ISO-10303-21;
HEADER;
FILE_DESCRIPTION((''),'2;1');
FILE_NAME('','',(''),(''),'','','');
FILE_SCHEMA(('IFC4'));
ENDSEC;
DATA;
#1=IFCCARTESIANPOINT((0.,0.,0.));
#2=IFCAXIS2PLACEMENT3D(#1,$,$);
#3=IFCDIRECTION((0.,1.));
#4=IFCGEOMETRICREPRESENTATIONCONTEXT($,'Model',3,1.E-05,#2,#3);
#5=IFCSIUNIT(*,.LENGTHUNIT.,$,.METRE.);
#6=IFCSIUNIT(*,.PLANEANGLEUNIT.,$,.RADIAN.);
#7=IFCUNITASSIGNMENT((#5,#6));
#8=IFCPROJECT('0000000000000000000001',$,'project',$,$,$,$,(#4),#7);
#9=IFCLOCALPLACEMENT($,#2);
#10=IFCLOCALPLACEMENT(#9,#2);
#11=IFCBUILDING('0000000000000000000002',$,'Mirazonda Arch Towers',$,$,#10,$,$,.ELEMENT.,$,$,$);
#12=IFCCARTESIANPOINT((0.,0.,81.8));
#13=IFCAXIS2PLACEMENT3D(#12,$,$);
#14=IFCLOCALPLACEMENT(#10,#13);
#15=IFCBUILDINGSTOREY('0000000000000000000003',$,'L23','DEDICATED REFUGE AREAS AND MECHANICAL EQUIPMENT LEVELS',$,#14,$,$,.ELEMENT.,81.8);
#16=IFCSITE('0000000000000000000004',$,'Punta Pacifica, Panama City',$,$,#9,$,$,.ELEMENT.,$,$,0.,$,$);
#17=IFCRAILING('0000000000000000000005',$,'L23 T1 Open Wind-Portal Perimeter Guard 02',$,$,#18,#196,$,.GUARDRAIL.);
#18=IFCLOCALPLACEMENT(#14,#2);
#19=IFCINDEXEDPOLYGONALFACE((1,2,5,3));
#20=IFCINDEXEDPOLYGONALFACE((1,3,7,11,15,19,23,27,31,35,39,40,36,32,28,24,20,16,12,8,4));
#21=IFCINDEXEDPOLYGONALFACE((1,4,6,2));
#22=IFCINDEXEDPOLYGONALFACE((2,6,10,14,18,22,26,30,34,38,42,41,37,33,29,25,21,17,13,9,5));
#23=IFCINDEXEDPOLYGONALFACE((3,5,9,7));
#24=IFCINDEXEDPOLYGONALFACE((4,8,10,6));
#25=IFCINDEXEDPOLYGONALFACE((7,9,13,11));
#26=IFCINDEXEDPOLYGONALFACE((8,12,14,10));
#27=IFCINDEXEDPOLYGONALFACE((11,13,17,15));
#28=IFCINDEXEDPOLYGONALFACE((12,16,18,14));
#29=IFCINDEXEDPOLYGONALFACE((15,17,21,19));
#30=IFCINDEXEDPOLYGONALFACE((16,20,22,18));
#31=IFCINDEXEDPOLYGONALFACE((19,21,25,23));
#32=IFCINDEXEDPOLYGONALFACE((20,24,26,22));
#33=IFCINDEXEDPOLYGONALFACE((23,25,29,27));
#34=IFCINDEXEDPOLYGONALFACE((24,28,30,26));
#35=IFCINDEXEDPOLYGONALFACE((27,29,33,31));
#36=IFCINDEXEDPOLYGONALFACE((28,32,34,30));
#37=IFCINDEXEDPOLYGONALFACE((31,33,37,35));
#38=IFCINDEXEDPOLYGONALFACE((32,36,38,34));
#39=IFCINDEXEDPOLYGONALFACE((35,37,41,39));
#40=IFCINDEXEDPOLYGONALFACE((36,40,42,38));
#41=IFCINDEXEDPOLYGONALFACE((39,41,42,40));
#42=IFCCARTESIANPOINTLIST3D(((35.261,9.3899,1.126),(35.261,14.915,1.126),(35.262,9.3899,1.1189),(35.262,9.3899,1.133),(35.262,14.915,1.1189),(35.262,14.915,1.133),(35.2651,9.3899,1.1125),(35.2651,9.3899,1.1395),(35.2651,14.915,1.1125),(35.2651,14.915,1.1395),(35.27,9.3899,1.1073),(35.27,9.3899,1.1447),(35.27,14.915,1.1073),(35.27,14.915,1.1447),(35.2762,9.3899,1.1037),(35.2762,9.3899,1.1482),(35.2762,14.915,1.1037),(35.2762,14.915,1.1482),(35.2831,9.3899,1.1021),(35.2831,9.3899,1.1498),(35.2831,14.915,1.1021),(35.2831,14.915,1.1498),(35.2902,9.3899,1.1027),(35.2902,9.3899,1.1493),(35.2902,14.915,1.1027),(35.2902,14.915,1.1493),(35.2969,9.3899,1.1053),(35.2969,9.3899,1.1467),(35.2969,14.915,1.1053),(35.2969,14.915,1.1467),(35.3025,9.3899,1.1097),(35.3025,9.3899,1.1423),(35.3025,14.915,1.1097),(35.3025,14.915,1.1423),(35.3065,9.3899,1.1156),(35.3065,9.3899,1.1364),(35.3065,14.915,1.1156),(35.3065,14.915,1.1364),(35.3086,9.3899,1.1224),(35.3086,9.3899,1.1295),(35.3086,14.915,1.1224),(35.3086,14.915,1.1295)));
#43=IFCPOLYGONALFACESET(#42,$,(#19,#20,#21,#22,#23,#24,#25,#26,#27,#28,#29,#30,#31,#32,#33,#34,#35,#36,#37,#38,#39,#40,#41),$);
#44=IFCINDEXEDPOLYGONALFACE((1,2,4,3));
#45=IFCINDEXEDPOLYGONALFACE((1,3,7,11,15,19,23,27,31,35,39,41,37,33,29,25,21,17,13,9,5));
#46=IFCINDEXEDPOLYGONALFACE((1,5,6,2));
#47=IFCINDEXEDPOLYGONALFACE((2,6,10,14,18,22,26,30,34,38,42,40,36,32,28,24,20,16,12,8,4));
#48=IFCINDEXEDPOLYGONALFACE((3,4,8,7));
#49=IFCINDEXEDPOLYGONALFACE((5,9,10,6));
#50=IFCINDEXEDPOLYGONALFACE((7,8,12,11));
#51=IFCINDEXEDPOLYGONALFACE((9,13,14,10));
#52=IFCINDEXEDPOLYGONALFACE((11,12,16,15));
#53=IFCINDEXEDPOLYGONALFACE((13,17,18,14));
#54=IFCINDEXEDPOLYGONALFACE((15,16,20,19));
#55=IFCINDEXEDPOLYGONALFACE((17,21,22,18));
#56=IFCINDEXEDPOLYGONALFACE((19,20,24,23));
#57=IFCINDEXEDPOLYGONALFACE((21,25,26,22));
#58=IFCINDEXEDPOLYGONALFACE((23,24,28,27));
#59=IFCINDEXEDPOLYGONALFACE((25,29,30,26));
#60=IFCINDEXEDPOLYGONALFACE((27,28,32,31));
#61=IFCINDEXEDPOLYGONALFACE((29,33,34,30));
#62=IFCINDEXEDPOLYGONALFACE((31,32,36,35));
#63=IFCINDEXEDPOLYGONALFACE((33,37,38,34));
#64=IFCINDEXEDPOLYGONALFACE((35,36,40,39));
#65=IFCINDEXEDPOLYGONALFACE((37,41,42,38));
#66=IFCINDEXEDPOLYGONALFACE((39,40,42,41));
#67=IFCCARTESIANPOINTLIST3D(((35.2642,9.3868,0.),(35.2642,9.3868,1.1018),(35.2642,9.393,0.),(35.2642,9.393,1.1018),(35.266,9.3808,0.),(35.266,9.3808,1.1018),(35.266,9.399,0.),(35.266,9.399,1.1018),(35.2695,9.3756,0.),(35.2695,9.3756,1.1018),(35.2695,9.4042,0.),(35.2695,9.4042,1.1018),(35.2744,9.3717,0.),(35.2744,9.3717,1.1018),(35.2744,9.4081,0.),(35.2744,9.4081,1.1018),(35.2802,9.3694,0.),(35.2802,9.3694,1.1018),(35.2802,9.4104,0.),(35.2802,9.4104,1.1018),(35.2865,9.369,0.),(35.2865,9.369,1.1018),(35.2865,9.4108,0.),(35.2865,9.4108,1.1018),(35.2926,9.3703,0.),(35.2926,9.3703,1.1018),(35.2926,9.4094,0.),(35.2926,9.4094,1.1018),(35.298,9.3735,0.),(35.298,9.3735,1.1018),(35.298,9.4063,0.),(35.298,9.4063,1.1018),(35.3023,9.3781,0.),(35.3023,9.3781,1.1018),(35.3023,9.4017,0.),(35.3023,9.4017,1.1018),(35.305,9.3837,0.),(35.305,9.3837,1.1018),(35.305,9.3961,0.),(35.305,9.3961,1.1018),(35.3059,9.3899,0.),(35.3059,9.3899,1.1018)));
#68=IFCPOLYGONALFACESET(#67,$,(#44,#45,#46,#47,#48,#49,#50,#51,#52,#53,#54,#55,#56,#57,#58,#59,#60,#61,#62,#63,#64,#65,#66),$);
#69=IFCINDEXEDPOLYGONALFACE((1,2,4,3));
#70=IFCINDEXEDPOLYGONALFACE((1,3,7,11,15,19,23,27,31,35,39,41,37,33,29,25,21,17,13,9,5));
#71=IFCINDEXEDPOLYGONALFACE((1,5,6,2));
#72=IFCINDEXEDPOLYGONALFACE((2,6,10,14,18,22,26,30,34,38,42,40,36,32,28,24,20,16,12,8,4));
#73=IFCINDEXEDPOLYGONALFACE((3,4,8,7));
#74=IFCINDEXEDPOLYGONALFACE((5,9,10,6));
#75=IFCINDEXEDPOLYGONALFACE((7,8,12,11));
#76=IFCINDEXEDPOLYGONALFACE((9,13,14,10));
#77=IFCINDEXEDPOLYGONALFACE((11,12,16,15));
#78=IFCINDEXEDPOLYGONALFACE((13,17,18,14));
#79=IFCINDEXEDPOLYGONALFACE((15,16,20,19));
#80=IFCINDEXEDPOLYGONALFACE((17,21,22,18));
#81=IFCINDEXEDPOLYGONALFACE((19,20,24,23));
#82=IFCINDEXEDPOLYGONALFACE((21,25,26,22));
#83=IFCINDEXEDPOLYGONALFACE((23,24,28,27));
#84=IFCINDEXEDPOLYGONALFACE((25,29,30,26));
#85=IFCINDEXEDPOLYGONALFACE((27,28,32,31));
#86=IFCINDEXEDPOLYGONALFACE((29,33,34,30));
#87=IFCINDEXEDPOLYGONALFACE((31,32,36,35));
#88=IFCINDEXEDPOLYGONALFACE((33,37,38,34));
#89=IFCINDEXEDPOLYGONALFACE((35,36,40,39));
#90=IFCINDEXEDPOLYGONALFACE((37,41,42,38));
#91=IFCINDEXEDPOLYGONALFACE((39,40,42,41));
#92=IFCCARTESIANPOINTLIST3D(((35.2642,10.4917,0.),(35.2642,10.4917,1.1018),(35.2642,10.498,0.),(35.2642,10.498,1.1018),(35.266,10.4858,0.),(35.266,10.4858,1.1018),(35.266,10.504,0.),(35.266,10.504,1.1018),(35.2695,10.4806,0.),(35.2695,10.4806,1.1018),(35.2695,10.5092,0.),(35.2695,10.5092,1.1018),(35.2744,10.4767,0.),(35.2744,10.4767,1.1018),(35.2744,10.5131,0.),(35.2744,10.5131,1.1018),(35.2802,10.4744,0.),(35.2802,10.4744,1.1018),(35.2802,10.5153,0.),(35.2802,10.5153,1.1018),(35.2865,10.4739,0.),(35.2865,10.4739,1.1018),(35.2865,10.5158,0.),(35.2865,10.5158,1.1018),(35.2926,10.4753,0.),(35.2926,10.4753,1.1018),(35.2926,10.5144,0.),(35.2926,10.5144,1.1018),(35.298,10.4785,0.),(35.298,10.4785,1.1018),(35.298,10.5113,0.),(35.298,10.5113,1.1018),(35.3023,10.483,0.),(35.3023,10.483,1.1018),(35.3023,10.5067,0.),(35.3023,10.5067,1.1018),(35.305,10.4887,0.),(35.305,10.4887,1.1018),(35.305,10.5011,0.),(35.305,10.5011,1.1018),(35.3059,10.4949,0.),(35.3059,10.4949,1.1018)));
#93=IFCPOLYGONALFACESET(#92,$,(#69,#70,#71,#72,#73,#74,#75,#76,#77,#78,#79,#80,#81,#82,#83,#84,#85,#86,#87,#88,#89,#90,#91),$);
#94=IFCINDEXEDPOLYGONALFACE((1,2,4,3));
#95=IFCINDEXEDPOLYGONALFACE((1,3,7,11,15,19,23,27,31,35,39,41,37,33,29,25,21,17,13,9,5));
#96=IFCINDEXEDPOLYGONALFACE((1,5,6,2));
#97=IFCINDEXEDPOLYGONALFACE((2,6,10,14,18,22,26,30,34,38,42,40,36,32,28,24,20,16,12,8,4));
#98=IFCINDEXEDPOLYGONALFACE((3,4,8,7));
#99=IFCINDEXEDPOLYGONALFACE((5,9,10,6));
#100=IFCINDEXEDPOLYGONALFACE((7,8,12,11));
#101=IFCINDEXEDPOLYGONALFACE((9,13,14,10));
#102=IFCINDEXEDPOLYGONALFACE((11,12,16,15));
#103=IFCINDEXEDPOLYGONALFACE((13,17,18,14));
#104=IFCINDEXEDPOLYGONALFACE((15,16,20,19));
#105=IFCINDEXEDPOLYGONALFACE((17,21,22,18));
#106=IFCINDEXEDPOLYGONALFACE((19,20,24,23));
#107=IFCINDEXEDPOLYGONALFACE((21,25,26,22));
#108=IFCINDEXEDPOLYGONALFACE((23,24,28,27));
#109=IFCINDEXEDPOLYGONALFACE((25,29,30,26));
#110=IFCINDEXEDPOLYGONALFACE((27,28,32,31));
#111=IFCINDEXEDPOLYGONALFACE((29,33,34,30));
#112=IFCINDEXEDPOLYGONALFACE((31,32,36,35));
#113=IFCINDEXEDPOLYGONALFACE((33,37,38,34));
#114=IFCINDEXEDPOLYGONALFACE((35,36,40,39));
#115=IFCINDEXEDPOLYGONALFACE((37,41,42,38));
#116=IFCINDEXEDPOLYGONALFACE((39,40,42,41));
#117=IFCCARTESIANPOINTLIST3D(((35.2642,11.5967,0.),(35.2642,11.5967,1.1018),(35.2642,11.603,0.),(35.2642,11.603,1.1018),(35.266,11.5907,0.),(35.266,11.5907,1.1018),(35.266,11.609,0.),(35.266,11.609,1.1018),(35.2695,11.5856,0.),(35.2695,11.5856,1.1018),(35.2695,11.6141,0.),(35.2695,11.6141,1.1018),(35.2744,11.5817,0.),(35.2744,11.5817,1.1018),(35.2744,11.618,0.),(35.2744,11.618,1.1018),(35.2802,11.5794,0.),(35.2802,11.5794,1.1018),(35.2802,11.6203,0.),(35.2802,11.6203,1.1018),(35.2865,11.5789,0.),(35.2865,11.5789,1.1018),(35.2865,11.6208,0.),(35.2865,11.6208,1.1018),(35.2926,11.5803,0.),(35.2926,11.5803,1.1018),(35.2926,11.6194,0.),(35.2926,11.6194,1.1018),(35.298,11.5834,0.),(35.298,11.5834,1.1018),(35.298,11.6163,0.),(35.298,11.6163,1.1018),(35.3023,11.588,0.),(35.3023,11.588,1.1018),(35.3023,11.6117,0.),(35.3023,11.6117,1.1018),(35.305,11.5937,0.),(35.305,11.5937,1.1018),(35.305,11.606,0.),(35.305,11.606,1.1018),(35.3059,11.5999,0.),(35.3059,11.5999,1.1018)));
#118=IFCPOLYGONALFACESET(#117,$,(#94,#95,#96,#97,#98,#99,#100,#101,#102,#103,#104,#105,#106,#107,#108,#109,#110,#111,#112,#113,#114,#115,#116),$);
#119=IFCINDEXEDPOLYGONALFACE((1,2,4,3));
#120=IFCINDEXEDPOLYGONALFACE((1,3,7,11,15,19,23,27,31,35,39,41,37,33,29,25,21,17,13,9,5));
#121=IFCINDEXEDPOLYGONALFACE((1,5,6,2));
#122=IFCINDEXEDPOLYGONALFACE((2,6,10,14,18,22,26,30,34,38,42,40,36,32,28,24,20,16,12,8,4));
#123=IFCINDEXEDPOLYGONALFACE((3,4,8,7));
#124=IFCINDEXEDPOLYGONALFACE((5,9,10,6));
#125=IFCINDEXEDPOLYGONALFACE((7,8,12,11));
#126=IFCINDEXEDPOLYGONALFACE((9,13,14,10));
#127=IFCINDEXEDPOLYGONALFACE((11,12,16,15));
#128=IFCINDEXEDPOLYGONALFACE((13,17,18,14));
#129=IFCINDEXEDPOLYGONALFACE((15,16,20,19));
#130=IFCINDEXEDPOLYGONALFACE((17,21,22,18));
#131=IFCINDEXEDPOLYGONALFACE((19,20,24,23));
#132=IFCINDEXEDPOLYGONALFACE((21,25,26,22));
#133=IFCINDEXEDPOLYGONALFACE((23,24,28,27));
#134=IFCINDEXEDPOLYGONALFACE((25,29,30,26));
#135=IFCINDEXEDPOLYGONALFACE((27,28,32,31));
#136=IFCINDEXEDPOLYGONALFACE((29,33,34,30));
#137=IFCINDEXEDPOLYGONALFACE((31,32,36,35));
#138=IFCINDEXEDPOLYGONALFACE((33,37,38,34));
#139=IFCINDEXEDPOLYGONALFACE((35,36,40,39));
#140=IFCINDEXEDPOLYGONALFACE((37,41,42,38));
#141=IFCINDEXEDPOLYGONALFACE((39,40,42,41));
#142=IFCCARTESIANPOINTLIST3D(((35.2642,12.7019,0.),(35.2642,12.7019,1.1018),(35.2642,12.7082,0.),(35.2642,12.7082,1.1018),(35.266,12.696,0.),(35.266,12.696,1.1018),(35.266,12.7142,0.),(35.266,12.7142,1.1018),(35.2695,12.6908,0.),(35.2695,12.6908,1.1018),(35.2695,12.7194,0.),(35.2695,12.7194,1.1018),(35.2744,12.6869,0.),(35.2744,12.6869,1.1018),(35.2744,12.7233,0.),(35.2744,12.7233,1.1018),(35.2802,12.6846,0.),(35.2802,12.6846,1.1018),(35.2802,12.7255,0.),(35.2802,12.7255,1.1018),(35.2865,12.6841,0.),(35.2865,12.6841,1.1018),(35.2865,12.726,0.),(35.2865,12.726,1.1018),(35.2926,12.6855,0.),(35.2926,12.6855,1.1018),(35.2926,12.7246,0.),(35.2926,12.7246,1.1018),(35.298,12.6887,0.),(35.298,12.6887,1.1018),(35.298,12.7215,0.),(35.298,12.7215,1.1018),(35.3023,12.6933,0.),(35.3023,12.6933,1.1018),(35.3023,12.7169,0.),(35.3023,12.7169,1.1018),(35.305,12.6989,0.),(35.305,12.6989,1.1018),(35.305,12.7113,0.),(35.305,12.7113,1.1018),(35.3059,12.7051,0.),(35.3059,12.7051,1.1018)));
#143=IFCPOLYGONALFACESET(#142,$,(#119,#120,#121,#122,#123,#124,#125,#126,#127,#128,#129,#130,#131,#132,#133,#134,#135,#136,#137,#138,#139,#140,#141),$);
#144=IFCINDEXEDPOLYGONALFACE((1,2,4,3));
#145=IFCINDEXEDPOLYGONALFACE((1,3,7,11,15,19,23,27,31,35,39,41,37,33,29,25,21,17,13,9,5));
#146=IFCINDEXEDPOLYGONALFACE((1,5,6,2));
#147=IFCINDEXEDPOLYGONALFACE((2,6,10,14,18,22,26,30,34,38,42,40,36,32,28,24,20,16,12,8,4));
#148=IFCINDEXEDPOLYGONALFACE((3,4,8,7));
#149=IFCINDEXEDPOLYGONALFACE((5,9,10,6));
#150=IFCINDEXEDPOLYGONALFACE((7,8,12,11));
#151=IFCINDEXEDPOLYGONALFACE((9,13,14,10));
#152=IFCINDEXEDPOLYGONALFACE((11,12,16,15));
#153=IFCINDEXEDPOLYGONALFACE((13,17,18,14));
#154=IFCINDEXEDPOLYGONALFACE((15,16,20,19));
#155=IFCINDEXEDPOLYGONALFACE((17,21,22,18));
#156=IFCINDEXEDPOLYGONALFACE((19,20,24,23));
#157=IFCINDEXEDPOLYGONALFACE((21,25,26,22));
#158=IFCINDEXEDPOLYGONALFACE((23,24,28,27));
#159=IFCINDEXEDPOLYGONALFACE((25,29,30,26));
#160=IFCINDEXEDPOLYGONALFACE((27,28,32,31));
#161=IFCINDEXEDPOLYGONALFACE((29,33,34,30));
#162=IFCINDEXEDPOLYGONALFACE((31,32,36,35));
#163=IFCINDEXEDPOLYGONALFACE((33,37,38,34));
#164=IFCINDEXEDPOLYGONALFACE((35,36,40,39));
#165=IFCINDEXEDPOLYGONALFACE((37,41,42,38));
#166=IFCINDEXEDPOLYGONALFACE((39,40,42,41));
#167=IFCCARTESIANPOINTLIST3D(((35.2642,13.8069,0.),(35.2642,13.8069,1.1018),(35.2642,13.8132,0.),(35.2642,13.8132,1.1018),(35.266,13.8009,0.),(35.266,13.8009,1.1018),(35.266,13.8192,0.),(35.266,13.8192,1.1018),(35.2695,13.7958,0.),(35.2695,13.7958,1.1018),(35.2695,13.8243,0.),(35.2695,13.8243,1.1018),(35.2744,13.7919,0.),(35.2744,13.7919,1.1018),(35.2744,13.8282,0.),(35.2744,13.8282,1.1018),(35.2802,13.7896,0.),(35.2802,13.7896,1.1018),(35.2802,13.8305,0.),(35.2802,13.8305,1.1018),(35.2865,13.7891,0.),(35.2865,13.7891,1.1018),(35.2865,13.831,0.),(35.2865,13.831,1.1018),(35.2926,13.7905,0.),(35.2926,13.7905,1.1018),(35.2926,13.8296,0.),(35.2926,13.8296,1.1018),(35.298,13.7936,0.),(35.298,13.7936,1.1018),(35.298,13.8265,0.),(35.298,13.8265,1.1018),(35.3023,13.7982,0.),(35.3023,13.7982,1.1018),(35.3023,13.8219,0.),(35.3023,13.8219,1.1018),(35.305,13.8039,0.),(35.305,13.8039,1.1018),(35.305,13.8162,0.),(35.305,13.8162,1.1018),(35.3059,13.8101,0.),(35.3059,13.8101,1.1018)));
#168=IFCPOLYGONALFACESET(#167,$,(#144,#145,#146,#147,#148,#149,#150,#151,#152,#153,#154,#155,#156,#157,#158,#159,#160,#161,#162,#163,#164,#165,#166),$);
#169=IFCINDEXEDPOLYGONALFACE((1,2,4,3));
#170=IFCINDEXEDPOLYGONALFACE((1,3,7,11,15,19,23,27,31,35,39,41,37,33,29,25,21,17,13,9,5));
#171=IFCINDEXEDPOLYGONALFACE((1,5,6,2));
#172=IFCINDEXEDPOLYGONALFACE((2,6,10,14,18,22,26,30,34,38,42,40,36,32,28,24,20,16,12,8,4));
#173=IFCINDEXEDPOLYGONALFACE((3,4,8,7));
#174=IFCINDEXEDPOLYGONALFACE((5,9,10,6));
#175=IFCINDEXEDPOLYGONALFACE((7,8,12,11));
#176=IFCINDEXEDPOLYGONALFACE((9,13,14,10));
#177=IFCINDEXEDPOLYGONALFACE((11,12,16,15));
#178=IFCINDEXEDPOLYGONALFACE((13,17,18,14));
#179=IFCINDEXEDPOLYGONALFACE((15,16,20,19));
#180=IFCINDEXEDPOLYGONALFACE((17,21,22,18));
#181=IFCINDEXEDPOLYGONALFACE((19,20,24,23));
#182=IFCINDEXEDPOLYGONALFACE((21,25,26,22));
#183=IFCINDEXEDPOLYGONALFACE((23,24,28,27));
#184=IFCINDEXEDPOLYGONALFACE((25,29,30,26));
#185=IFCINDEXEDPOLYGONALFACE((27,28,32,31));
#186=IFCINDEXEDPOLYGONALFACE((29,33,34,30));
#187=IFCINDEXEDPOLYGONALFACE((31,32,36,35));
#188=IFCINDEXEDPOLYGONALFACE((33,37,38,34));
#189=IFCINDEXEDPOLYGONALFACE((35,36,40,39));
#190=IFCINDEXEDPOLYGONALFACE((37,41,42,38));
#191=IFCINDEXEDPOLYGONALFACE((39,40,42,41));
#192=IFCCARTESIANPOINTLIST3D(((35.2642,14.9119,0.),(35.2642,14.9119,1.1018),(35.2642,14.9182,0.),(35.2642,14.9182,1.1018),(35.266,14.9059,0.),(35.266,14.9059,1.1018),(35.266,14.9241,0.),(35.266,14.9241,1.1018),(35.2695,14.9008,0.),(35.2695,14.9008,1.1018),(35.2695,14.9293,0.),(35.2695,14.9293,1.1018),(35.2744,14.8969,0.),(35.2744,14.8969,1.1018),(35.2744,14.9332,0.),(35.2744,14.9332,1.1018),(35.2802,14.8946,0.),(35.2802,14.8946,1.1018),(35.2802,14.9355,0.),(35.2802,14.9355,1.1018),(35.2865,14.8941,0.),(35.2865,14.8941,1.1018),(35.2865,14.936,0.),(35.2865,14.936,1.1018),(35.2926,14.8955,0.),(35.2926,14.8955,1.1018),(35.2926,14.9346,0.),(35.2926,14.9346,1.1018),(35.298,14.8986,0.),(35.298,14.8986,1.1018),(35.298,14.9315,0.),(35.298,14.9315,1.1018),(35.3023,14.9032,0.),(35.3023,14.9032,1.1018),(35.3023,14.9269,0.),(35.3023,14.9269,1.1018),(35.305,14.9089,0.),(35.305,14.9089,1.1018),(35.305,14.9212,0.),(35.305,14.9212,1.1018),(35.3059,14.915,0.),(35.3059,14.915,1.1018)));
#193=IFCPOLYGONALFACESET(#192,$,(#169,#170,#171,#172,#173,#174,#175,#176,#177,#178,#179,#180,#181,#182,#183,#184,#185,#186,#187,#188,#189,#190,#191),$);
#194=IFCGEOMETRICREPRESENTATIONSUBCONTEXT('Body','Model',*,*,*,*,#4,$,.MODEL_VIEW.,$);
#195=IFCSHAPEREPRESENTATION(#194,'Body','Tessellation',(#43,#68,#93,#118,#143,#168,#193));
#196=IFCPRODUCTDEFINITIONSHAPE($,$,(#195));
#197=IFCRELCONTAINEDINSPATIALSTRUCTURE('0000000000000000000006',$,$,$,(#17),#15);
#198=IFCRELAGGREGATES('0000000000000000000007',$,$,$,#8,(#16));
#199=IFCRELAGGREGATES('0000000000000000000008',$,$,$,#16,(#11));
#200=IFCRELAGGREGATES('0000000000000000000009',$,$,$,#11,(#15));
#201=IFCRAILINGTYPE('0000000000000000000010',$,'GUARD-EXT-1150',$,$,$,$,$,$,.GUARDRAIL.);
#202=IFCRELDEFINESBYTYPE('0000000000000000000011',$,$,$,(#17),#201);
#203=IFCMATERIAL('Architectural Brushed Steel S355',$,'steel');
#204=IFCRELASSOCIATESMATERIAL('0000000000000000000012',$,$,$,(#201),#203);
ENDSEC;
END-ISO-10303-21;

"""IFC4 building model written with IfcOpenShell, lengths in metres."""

from ifc_helpers import new_model, si_unit, direction, frame, origin, origin_2d, place, context, subcontext, project, spatial, circle, extrude, material, type_object, element, save


model = new_model("IFC4")

# Units and contexts
model_context = context("Model", 3, precision=1e-05, world=origin(), true_north=direction((0.0, 1.0)))
body_context = subcontext(model_context, "Body", "Model", "MODEL_VIEW")
ifc_project = project(units=[si_unit("LENGTHUNIT", "METRE"), si_unit("PLANEANGLEUNIT", "RADIAN")], contexts=[model_context])

# Site, building, storey
site_placement = place(None, origin())
site = spatial("IfcSite", under=ifc_project, at=site_placement, Name="Punta Pacifica, Panama City", CompositionType="ELEMENT", RefElevation=0.0)
building_placement = place(site_placement, origin())
building = spatial("IfcBuilding", under=site, at=building_placement, Name="Mirazonda Arch Towers", CompositionType="ELEMENT")
storey_placement = place(building_placement, frame((0.0, 0.0, 81.8)))
storey = spatial("IfcBuildingStorey", under=building, at=storey_placement, Name="L23", Description="DEDICATED REFUGE AREAS AND MECHANICAL EQUIPMENT LEVELS", CompositionType="ELEMENT", Elevation=81.8)

# Railing
ifc_material_1 = material(Name="Architectural Brushed Steel S355", Category="steel")
railing_type = type_object("IfcRailingType", Name="GUARD-EXT-1150", PredefinedType="GUARDRAIL", material=ifc_material_1)
railing_1_placement = place(storey_placement, frame((35.2849, 9.3899, 0.0)))
element("IfcRailing", 1, at=railing_1_placement, inside=storey, type_object=railing_type, Name="L23 T1 Open Wind-Portal Perimeter Guard 02", PredefinedType="GUARDRAIL", context=body_context, shape_type="SweptSolid", body=[
    extrude(circle(Radius=0.0239, at=origin_2d()), frame((0.0, 0.0, 1.126), z_axis=(0.0, 1.0, 0.0), x_axis=(-1.0, 0.0, 0.0)), (0.0, 0.0, 1.0), 5.5251),
    extrude(circle(Radius=0.021, at=origin_2d()), origin(), (0.0, 0.0, 1.0), 1.1018),
    extrude(circle(Radius=0.021, at=origin_2d()), frame((0.0, 1.105, 0.0)), (0.0, 0.0, 1.0), 1.1018),
    extrude(circle(Radius=0.021, at=origin_2d()), frame((0.0, 2.21, 0.0)), (0.0, 0.0, 1.0), 1.1018),
    extrude(circle(Radius=0.021, at=origin_2d()), frame((0.0, 3.3152, 0.0)), (0.0, 0.0, 1.0), 1.1018),
    extrude(circle(Radius=0.021, at=origin_2d()), frame((0.0, 4.4202, 0.0)), (0.0, 0.0, 1.0), 1.1018),
    extrude(circle(Radius=0.021, at=origin_2d()), frame((0.0, 5.5251, 0.0)), (0.0, 0.0, 1.0), 1.1018),
])

save(model, "model.ifc")
